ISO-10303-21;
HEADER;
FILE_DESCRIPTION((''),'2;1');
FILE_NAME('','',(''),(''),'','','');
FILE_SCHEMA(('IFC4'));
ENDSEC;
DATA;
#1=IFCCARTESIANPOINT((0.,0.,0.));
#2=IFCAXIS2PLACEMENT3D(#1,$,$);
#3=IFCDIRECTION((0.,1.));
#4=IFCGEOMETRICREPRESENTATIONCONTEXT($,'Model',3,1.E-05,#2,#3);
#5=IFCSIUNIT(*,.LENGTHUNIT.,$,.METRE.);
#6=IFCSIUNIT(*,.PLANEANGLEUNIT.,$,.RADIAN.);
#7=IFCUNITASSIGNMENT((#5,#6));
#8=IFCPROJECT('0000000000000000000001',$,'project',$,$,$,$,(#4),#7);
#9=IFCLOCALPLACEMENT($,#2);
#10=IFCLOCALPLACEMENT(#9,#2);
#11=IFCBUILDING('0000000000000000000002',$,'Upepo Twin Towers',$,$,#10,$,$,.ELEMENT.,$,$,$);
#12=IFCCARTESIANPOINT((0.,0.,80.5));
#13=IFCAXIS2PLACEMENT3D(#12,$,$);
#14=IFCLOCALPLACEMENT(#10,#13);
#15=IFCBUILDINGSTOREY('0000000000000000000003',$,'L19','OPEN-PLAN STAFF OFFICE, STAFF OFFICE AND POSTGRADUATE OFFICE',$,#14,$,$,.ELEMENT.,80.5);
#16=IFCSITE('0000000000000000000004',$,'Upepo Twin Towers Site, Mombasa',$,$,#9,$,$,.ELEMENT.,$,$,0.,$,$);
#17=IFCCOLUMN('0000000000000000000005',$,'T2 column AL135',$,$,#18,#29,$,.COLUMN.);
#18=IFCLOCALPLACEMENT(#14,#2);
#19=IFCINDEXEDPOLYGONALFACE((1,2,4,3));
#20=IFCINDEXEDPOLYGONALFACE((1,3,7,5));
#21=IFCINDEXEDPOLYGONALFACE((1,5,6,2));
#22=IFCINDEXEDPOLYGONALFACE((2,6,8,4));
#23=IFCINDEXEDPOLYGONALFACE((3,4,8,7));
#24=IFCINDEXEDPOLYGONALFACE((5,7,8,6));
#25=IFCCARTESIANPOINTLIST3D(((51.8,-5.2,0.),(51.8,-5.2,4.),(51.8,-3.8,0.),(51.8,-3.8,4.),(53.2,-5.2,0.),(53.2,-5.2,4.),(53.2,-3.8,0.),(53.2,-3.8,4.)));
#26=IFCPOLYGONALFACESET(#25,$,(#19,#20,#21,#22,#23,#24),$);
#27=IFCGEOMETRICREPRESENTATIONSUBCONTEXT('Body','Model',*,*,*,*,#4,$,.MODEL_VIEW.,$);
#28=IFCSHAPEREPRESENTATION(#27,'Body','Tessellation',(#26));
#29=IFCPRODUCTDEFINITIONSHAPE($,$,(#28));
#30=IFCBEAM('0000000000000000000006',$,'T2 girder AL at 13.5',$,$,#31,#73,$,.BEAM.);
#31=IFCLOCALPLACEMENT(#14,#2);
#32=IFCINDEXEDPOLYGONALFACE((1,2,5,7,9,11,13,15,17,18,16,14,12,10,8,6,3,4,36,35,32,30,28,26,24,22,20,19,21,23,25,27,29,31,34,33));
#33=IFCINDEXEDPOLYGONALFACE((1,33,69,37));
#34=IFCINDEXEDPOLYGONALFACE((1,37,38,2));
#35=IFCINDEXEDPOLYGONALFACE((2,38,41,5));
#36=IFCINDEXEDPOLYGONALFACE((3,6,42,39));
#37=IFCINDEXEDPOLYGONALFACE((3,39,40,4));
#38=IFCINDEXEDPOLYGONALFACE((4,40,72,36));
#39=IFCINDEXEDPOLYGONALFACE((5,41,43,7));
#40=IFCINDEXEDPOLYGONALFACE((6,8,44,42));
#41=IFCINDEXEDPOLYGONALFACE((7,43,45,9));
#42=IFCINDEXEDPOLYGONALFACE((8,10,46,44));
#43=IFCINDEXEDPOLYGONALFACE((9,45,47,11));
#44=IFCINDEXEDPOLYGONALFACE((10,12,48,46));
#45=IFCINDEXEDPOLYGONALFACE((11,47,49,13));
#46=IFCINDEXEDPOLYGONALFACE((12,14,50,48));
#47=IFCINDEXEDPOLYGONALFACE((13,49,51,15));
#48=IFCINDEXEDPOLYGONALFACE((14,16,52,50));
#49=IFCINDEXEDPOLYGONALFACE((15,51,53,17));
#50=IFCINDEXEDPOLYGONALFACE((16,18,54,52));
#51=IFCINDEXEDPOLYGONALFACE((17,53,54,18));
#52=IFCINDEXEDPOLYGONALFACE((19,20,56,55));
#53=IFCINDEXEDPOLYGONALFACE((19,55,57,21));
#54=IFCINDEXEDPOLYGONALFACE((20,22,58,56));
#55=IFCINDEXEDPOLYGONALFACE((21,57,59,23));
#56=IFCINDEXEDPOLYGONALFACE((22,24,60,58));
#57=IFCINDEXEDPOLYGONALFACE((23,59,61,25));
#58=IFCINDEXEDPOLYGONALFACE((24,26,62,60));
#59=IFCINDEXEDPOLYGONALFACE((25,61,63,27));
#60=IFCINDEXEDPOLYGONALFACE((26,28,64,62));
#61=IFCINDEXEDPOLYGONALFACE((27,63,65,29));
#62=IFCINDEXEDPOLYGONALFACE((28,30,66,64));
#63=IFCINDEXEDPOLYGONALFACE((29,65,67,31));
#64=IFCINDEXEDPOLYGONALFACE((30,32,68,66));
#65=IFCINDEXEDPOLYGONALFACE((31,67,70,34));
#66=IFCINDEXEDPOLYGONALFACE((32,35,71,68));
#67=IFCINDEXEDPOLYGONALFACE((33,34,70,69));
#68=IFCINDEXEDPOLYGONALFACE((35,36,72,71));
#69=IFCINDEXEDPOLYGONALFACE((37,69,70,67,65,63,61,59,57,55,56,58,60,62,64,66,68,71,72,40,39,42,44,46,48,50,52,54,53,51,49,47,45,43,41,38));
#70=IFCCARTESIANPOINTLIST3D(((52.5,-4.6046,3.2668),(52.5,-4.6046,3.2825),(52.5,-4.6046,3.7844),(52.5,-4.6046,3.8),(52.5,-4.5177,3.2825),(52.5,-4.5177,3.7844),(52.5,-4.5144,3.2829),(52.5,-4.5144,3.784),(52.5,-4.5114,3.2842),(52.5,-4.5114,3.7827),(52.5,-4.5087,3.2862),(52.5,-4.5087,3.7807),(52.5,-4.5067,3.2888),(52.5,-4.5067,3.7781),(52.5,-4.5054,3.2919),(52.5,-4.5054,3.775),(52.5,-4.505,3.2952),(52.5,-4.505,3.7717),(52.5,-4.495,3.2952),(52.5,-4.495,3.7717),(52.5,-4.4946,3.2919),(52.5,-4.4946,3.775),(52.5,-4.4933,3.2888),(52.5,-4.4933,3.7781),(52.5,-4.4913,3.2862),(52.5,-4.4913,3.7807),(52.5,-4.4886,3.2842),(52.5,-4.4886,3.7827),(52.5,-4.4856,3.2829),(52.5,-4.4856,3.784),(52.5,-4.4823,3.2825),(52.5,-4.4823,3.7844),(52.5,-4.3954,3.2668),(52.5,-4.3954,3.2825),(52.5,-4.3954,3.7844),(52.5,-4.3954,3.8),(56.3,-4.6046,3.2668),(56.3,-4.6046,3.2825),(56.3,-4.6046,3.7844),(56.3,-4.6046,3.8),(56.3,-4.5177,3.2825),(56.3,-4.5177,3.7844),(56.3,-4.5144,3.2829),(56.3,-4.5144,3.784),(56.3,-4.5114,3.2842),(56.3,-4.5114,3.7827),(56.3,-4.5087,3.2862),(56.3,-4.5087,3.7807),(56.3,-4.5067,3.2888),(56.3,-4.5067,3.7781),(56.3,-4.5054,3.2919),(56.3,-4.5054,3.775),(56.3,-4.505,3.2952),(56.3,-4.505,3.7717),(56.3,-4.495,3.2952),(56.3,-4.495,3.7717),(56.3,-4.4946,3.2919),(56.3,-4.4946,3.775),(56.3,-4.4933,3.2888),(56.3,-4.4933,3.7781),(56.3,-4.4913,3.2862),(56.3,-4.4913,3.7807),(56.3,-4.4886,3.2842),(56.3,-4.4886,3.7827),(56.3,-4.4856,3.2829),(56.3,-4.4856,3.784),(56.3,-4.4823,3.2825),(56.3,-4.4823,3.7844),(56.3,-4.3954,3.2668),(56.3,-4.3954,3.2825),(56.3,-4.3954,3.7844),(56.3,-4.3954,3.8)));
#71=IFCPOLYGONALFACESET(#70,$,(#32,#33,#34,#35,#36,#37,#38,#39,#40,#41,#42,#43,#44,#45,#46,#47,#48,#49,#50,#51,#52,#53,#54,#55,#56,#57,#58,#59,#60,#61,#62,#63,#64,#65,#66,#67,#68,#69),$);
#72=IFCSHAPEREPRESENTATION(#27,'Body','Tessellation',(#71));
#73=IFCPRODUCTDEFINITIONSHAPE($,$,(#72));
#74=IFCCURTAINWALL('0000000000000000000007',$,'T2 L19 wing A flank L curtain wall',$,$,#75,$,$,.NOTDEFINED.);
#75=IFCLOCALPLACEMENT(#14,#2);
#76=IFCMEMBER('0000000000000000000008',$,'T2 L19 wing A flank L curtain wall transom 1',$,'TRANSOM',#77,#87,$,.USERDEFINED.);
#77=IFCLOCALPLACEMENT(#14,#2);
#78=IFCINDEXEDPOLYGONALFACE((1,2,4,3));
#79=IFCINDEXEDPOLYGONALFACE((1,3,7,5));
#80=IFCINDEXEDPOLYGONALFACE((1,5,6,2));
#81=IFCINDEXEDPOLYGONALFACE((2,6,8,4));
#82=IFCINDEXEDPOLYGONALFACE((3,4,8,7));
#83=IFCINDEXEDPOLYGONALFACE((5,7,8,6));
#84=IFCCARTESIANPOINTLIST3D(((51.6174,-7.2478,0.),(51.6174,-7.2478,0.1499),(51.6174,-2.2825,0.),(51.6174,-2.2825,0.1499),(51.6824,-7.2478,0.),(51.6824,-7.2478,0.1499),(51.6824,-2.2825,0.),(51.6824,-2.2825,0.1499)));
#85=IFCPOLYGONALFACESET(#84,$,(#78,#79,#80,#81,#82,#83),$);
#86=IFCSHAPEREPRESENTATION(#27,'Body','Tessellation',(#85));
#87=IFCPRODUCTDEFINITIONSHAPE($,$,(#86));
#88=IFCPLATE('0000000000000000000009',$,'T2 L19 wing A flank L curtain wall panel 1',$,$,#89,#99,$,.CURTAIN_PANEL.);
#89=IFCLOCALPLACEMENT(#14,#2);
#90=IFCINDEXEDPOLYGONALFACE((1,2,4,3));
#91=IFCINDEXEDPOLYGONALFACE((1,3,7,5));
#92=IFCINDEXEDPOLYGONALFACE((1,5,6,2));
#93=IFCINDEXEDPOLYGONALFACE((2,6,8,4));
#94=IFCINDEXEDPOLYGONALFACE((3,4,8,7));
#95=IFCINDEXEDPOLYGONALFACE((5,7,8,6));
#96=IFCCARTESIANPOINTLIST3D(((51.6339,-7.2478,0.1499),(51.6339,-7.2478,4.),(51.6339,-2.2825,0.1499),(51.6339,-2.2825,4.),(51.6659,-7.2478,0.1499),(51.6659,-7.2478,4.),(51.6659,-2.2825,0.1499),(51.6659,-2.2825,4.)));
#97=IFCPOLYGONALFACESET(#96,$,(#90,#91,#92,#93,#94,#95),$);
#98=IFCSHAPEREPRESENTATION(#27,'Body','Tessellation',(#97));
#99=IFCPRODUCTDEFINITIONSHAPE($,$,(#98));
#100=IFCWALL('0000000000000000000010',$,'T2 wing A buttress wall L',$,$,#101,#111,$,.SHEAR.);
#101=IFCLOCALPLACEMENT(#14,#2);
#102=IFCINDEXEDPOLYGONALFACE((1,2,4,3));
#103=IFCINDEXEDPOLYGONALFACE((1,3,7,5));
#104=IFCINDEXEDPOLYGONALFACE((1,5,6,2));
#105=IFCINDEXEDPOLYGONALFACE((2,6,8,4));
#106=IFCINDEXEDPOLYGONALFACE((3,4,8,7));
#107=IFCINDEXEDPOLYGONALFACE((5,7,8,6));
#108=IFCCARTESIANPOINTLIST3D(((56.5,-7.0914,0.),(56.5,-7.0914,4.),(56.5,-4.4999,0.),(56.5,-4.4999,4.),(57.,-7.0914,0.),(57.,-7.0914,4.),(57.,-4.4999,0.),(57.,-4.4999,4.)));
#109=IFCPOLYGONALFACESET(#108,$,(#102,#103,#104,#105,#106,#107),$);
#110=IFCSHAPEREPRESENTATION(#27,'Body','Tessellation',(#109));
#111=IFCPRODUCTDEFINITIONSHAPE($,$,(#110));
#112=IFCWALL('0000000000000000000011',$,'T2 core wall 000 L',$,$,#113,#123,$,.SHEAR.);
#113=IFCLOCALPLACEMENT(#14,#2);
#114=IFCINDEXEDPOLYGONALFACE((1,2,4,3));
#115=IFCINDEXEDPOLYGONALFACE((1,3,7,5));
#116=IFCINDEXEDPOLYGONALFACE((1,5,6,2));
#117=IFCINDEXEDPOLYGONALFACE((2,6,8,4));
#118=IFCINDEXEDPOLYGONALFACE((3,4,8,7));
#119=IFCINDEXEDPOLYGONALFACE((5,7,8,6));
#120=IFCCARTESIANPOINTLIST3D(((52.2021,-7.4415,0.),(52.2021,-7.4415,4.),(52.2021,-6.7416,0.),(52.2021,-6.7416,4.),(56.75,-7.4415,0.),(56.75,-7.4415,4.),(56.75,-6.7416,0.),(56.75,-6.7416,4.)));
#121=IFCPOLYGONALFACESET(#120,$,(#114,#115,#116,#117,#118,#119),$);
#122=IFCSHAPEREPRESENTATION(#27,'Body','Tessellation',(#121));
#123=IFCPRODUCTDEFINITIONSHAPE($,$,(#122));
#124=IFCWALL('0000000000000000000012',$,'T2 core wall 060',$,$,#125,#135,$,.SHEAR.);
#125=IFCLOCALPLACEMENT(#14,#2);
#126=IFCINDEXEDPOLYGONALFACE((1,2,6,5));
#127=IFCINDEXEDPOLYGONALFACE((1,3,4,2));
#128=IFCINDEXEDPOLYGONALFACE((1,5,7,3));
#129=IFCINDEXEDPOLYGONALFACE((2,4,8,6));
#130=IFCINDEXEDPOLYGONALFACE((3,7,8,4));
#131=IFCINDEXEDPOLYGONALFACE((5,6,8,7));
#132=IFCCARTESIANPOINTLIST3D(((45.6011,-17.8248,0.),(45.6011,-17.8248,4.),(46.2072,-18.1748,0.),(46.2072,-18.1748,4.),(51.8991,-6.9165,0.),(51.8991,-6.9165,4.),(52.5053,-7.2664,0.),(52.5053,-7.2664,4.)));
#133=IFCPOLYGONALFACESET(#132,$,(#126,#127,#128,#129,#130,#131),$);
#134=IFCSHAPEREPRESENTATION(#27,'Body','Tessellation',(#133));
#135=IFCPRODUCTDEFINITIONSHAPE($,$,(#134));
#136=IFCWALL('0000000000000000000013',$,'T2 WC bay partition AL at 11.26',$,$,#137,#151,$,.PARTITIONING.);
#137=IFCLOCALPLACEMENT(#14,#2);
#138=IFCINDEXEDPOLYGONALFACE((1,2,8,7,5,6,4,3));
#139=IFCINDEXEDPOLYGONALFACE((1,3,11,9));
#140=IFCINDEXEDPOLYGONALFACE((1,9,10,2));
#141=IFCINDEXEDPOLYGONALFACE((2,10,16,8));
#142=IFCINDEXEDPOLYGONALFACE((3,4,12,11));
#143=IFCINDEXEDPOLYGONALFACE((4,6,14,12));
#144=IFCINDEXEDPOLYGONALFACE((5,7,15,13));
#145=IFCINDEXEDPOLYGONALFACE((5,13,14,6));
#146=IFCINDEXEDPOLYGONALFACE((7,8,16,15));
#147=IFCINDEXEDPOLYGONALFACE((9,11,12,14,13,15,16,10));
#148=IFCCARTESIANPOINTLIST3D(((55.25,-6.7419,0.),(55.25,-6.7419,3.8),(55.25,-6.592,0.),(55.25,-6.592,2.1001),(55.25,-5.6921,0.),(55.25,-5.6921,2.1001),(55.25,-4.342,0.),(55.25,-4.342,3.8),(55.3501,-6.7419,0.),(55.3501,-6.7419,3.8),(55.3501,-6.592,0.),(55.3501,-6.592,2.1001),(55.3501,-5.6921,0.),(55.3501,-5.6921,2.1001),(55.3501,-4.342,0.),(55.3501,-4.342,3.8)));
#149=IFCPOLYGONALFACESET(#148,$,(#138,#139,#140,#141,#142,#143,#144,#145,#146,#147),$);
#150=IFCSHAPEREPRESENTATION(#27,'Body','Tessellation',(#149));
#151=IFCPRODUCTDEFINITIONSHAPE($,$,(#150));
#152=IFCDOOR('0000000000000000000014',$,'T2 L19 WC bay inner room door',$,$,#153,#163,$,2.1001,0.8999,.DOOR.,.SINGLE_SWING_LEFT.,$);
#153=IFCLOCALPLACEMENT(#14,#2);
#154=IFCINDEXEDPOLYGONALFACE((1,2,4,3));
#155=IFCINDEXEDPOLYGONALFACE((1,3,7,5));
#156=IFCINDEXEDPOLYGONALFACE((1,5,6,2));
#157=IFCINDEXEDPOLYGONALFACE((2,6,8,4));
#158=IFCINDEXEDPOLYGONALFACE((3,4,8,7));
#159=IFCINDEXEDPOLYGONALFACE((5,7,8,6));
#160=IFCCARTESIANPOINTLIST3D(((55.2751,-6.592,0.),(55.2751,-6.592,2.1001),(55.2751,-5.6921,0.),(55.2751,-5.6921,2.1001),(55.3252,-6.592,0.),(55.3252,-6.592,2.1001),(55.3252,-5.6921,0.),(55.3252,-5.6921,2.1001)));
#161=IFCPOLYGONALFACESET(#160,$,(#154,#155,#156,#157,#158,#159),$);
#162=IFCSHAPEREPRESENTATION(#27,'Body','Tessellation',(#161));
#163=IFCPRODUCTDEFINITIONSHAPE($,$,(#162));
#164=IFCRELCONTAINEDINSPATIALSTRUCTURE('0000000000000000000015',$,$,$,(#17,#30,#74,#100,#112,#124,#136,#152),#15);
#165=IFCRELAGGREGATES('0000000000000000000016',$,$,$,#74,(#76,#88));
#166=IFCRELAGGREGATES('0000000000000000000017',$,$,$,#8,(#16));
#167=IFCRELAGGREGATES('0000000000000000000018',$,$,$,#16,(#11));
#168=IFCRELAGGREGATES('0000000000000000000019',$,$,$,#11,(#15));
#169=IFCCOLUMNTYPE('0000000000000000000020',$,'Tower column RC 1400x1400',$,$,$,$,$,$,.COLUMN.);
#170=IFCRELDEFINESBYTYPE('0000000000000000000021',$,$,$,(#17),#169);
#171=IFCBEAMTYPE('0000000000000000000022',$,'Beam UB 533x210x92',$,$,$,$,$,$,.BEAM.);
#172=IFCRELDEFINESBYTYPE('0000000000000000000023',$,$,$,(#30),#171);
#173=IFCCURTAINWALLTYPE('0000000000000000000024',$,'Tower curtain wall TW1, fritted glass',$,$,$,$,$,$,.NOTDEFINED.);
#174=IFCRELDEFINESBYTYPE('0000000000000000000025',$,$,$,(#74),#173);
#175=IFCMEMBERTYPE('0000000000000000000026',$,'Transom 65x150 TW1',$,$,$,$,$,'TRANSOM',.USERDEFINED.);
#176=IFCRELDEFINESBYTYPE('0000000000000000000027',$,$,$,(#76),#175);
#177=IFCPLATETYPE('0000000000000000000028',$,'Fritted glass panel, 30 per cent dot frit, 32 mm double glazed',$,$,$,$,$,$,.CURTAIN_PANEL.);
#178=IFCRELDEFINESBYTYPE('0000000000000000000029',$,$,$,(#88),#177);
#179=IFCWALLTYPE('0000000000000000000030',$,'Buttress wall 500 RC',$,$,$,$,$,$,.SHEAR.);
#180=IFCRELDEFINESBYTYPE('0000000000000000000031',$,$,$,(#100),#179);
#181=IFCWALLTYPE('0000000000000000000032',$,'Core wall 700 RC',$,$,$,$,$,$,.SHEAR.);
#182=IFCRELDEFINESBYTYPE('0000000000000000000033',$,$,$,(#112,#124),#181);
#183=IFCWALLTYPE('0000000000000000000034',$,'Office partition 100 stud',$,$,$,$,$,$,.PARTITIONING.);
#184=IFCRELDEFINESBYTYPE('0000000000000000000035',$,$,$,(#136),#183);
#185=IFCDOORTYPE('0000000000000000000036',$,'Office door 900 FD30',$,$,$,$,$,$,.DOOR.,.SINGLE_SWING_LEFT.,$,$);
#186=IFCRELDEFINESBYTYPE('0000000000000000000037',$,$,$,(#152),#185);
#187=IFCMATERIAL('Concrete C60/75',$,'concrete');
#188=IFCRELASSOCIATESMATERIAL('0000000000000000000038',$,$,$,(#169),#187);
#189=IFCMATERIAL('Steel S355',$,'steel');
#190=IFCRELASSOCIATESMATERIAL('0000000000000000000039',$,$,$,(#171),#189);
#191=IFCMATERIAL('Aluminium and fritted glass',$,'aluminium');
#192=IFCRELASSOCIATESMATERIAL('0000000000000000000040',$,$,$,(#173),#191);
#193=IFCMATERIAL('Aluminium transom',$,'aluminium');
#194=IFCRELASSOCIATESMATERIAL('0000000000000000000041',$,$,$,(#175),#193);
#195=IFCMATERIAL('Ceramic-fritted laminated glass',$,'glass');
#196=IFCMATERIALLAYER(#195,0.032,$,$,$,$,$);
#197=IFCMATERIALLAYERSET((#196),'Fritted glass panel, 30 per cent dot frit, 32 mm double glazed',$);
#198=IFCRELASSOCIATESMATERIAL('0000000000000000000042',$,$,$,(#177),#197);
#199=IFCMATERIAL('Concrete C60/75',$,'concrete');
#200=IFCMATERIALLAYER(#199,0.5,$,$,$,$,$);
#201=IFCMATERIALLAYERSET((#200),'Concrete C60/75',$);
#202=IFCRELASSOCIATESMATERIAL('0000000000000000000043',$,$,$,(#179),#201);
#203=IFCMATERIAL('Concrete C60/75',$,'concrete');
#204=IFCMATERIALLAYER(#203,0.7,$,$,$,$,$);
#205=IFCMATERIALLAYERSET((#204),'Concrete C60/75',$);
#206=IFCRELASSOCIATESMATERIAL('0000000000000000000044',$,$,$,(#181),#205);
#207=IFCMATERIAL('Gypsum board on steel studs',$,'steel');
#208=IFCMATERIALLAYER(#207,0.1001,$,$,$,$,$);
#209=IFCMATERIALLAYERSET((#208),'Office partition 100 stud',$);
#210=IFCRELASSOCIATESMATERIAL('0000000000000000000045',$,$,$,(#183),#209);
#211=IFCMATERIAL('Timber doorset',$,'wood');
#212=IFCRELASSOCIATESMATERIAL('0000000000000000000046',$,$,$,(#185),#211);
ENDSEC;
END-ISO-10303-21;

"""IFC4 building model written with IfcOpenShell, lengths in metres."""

from ifc_helpers import new_model, si_unit, direction, frame, frame_2d, origin, origin_2d, place, context, subcontext, project, spatial, rectangle, i_section, extrude, material, layer, layer_set, material_profile, profile_set, type_object, element, fill, aggregate, save


model = new_model("IFC4")

# Units and contexts
model_context = context("Model", 3, precision=1e-05, world=origin(), true_north=direction((0.0, 1.0)))
body_context = subcontext(model_context, "Body", "Model", "MODEL_VIEW")
ifc_project = project(units=[si_unit("LENGTHUNIT", "METRE"), si_unit("PLANEANGLEUNIT", "RADIAN")], contexts=[model_context])

# Site, building, storey
site_placement = place(None, origin())
site = spatial("IfcSite", under=ifc_project, at=site_placement, Name="Upepo Twin Towers Site, Mombasa", CompositionType="ELEMENT", RefElevation=0.0)
building_placement = place(site_placement, origin())
building = spatial("IfcBuilding", under=site, at=building_placement, Name="Upepo Twin Towers", CompositionType="ELEMENT")
storey_placement = place(building_placement, frame((0.0, 0.0, 80.5)))
storey = spatial("IfcBuildingStorey", under=building, at=storey_placement, Name="L19", Description="OPEN-PLAN STAFF OFFICE, STAFF OFFICE AND POSTGRADUATE OFFICE", CompositionType="ELEMENT", Elevation=80.5)

# Column
ifc_material_1 = material(Name="Concrete C60/75", Category="concrete")
ifc_material_profile_1 = material_profile(ifc_material_1, rectangle(XDim=1.3999, YDim=1.3999, at=origin_2d()), Name="RC 1400x1400")
ifc_profile_set_1 = profile_set([ifc_material_profile_1], Name="Concrete C60/75")
column_type = type_object("IfcColumnType", Name="Tower column RC 1400x1400", PredefinedType="COLUMN", material=ifc_profile_set_1)
column_placement = place(storey_placement, frame((52.5, -4.5, 0.0), z_axis=(0.0, 0.0, 1.0), x_axis=(1.0, 0.0, 0.0)))
element("IfcColumn", 1, at=column_placement, inside=storey, type_object=column_type, Name="T2 column AL135", PredefinedType="COLUMN", context=body_context, shape_type="SweptSolid", body=[
    extrude(rectangle(XDim=1.3999, YDim=1.3999, at=origin_2d()), origin(), (0.0, 0.0, 1.0), 4.0),
])

# Beam
ifc_material_2 = material(Name="Steel S355", Category="steel")
ifc_material_profile_2 = material_profile(ifc_material_2, i_section(OverallWidth=0.2092, OverallDepth=0.5332, WebThickness=0.01, FlangeThickness=0.0156, FilletRadius=0.0127, at=origin_2d()), Name="UB 533x210x92")
ifc_profile_set_2 = profile_set([ifc_material_profile_2], Name="Steel S355")
beam_type = type_object("IfcBeamType", Name="Beam UB 533x210x92", PredefinedType="BEAM", material=ifc_profile_set_2)
beam_placement = place(storey_placement, frame((52.5, -4.5, 3.5334), z_axis=(1.0, 0.0, 0.0), x_axis=(0.0, 1.0, 0.0)))
element("IfcBeam", 2, at=beam_placement, inside=storey, type_object=beam_type, Name="T2 girder AL at 13.5", PredefinedType="BEAM", context=body_context, shape_type="SweptSolid", body=[
    extrude(i_section(OverallWidth=0.2092, OverallDepth=0.5332, WebThickness=0.01, FlangeThickness=0.0156, FilletRadius=0.0127, at=origin_2d()), origin(), (0.0, 0.0, 1.0), 3.8),
])

# Curtain wall, member, plate
ifc_material_3 = material(Name="Aluminium and fritted glass", Category="aluminium")
curtain_wall_type = type_object("IfcCurtainWallType", Name="Tower curtain wall TW1, fritted glass", PredefinedType="NOTDEFINED", material=ifc_material_3)
curtain_wall_placement = place(storey_placement, origin())
curtain_wall = element("IfcCurtainWall", 3, at=curtain_wall_placement, inside=storey, type_object=curtain_wall_type, Name="T2 L19 wing A flank L curtain wall", PredefinedType="NOTDEFINED")
ifc_material_4 = material(Name="Aluminium transom", Category="aluminium")
ifc_material_profile_3 = material_profile(ifc_material_4, rectangle(XDim=0.0649, YDim=0.1499, at=origin_2d()), Name="TRANSOM 65x150")
ifc_profile_set_3 = profile_set([ifc_material_profile_3], Name="Aluminium transom")
member_type = type_object("IfcMemberType", Name="Transom 65x150 TW1", ElementType="TRANSOM", PredefinedType="USERDEFINED", material=ifc_profile_set_3)
member_placement = place(storey_placement, frame((51.6499, -7.2478, 0.075), z_axis=(0.0, 1.0, 0.0), x_axis=(-1.0, 0.0, 0.0)))
member = element("IfcMember", 4, at=member_placement, type_object=member_type, Name="T2 L19 wing A flank L curtain wall transom 1", ObjectType="TRANSOM", PredefinedType="USERDEFINED", context=body_context, shape_type="SweptSolid", body=[
    extrude(rectangle(XDim=0.0649, YDim=0.1499, at=origin_2d()), origin(), (0.0, 0.0, 1.0), 4.9653),
])
ifc_material_5 = material(Name="Ceramic-fritted laminated glass", Category="glass")
ifc_layer_1 = layer(ifc_material_5, 0.032)
ifc_layer_set_1 = layer_set([ifc_layer_1], Name="Fritted glass panel, 30 per cent dot frit, 32 mm double glazed")
plate_type = type_object("IfcPlateType", Name="Fritted glass panel, 30 per cent dot frit, 32 mm double glazed", PredefinedType="CURTAIN_PANEL", material=ifc_layer_set_1)
plate_placement = place(storey_placement, frame((51.6499, -4.7651, 0.1499), z_axis=(0.0, 0.0, 1.0), x_axis=(0.0, 1.0, 0.0)))
plate = element("IfcPlate", 5, at=plate_placement, type_object=plate_type, Name="T2 L19 wing A flank L curtain wall panel 1", PredefinedType="CURTAIN_PANEL", context=body_context, shape_type="SweptSolid", body=[
    extrude(rectangle(XDim=4.9653, YDim=0.032, at=origin_2d()), origin(), (0.0, 0.0, 1.0), 3.8501),
])
aggregate(curtain_wall, [member, plate])

# Walls
ifc_material_6 = material(Name="Concrete C60/75", Category="concrete")
ifc_layer_2 = layer(ifc_material_6, 0.5)
ifc_layer_set_2 = layer_set([ifc_layer_2], Name="Concrete C60/75")
wall_type_1 = type_object("IfcWallType", Name="Buttress wall 500 RC", PredefinedType="SHEAR", material=ifc_layer_set_2)
wall_1_placement = place(storey_placement, frame((56.75, -7.0916, 0.0), z_axis=(0.0, 0.0, 1.0), x_axis=(0.0, 1.0, 0.0)))
element("IfcWall", 6, at=wall_1_placement, inside=storey, type_object=wall_type_1, Name="T2 wing A buttress wall L", PredefinedType="SHEAR", context=body_context, shape_type="SweptSolid", body=[
    extrude(rectangle(XDim=2.5916, YDim=0.5, at=frame_2d((1.2959, 0.0))), origin(), (0.0, 0.0, 1.0), 4.0),
])
ifc_material_7 = material(Name="Concrete C60/75", Category="concrete")
ifc_layer_3 = layer(ifc_material_7, 0.7)
ifc_layer_set_3 = layer_set([ifc_layer_3], Name="Concrete C60/75")
wall_type_2 = type_object("IfcWallType", Name="Core wall 700 RC", PredefinedType="SHEAR", material=ifc_layer_set_3)
wall_2_placement = place(storey_placement, frame((56.75, -7.0916, 0.0), z_axis=(0.0, 0.0, 1.0), x_axis=(-1.0, 0.0, 0.0)))
element("IfcWall", 7, at=wall_2_placement, inside=storey, type_object=wall_type_2, Name="T2 core wall 000 L", PredefinedType="SHEAR", context=body_context, shape_type="SweptSolid", body=[
    extrude(rectangle(XDim=4.5479, YDim=0.7, at=frame_2d((2.2739, 0.0))), origin(), (0.0, 0.0, 1.0), 4.0),
])
wall_3_placement = place(storey_placement, frame((52.2021, -7.0916, 0.0), z_axis=(0.0, 0.0, 1.0), x_axis=(-0.500006, -0.866022, 0.0)))
element("IfcWall", 8, at=wall_3_placement, inside=storey, type_object=wall_type_2, Name="T2 core wall 060", PredefinedType="SHEAR", context=body_context, shape_type="SweptSolid", body=[
    extrude(rectangle(XDim=12.5959, YDim=0.7, at=frame_2d((6.2979, 0.0))), origin(), (0.0, 0.0, 1.0), 4.0),
])

# Wall, opening, door
ifc_material_8 = material(Name="Gypsum board on steel studs", Category="steel")
ifc_layer_4 = layer(ifc_material_8, 0.1001)
ifc_layer_set_4 = layer_set([ifc_layer_4], Name="Office partition 100 stud")
wall_type_3 = type_object("IfcWallType", Name="Office partition 100 stud", PredefinedType="PARTITIONING", material=ifc_layer_set_4)
wall_4_placement = place(storey_placement, frame((55.3, -6.7419, 0.0), z_axis=(0.0, 0.0, 1.0), x_axis=(0.0, 1.0, 0.0)))
wall_4 = element("IfcWall", 9, at=wall_4_placement, inside=storey, type_object=wall_type_3, Name="T2 WC bay partition AL at 11.26", PredefinedType="PARTITIONING", context=body_context, shape_type="SweptSolid", body=[
    extrude(rectangle(XDim=2.3999, YDim=0.1001, at=frame_2d((1.2, 0.0))), origin(), (0.0, 0.0, 1.0), 3.8),
])
opening_1_placement = place(wall_4_placement, frame((0.1499, 0.0, 0.0)))
opening_1 = element("IfcOpeningElement", 10, at=opening_1_placement, cuts=wall_4, PredefinedType="OPENING", context=body_context, shape_type="SweptSolid", body=[
    extrude(rectangle(XDim=0.8999, YDim=2.1001, at=frame_2d((0.45, 1.05))), frame((0.0, 0.0601, 0.0), z_axis=(0.0, -1.0, 0.0), x_axis=(1.0, 0.0, 0.0)), (0.0, 0.0, 1.0), 0.1201),
])
ifc_material_9 = material(Name="Timber doorset", Category="wood")
door_type_1 = type_object("IfcDoorType", Name="Office door 900 FD30", OperationType="SINGLE_SWING_LEFT", PredefinedType="DOOR", material=ifc_material_9)
door_1_placement = place(opening_1_placement, origin())
door_1 = element("IfcDoor", 11, at=door_1_placement, inside=storey, type_object=door_type_1, Name="T2 L19 WC bay inner room door", OperationType="SINGLE_SWING_LEFT", OverallHeight=2.1001, OverallWidth=0.8999, PredefinedType="DOOR", context=body_context, shape_type="SweptSolid", body=[
    extrude(rectangle(XDim=0.8999, YDim=2.1001, at=frame_2d((0.45, 1.05))), frame((0.0, 0.0249, 0.0), z_axis=(0.0, -1.0, 0.0), x_axis=(1.0, 0.0, 0.0)), (0.0, 0.0, 1.0), 0.05),
])
fill(opening_1, door_1)

save(model, "model.ifc")
